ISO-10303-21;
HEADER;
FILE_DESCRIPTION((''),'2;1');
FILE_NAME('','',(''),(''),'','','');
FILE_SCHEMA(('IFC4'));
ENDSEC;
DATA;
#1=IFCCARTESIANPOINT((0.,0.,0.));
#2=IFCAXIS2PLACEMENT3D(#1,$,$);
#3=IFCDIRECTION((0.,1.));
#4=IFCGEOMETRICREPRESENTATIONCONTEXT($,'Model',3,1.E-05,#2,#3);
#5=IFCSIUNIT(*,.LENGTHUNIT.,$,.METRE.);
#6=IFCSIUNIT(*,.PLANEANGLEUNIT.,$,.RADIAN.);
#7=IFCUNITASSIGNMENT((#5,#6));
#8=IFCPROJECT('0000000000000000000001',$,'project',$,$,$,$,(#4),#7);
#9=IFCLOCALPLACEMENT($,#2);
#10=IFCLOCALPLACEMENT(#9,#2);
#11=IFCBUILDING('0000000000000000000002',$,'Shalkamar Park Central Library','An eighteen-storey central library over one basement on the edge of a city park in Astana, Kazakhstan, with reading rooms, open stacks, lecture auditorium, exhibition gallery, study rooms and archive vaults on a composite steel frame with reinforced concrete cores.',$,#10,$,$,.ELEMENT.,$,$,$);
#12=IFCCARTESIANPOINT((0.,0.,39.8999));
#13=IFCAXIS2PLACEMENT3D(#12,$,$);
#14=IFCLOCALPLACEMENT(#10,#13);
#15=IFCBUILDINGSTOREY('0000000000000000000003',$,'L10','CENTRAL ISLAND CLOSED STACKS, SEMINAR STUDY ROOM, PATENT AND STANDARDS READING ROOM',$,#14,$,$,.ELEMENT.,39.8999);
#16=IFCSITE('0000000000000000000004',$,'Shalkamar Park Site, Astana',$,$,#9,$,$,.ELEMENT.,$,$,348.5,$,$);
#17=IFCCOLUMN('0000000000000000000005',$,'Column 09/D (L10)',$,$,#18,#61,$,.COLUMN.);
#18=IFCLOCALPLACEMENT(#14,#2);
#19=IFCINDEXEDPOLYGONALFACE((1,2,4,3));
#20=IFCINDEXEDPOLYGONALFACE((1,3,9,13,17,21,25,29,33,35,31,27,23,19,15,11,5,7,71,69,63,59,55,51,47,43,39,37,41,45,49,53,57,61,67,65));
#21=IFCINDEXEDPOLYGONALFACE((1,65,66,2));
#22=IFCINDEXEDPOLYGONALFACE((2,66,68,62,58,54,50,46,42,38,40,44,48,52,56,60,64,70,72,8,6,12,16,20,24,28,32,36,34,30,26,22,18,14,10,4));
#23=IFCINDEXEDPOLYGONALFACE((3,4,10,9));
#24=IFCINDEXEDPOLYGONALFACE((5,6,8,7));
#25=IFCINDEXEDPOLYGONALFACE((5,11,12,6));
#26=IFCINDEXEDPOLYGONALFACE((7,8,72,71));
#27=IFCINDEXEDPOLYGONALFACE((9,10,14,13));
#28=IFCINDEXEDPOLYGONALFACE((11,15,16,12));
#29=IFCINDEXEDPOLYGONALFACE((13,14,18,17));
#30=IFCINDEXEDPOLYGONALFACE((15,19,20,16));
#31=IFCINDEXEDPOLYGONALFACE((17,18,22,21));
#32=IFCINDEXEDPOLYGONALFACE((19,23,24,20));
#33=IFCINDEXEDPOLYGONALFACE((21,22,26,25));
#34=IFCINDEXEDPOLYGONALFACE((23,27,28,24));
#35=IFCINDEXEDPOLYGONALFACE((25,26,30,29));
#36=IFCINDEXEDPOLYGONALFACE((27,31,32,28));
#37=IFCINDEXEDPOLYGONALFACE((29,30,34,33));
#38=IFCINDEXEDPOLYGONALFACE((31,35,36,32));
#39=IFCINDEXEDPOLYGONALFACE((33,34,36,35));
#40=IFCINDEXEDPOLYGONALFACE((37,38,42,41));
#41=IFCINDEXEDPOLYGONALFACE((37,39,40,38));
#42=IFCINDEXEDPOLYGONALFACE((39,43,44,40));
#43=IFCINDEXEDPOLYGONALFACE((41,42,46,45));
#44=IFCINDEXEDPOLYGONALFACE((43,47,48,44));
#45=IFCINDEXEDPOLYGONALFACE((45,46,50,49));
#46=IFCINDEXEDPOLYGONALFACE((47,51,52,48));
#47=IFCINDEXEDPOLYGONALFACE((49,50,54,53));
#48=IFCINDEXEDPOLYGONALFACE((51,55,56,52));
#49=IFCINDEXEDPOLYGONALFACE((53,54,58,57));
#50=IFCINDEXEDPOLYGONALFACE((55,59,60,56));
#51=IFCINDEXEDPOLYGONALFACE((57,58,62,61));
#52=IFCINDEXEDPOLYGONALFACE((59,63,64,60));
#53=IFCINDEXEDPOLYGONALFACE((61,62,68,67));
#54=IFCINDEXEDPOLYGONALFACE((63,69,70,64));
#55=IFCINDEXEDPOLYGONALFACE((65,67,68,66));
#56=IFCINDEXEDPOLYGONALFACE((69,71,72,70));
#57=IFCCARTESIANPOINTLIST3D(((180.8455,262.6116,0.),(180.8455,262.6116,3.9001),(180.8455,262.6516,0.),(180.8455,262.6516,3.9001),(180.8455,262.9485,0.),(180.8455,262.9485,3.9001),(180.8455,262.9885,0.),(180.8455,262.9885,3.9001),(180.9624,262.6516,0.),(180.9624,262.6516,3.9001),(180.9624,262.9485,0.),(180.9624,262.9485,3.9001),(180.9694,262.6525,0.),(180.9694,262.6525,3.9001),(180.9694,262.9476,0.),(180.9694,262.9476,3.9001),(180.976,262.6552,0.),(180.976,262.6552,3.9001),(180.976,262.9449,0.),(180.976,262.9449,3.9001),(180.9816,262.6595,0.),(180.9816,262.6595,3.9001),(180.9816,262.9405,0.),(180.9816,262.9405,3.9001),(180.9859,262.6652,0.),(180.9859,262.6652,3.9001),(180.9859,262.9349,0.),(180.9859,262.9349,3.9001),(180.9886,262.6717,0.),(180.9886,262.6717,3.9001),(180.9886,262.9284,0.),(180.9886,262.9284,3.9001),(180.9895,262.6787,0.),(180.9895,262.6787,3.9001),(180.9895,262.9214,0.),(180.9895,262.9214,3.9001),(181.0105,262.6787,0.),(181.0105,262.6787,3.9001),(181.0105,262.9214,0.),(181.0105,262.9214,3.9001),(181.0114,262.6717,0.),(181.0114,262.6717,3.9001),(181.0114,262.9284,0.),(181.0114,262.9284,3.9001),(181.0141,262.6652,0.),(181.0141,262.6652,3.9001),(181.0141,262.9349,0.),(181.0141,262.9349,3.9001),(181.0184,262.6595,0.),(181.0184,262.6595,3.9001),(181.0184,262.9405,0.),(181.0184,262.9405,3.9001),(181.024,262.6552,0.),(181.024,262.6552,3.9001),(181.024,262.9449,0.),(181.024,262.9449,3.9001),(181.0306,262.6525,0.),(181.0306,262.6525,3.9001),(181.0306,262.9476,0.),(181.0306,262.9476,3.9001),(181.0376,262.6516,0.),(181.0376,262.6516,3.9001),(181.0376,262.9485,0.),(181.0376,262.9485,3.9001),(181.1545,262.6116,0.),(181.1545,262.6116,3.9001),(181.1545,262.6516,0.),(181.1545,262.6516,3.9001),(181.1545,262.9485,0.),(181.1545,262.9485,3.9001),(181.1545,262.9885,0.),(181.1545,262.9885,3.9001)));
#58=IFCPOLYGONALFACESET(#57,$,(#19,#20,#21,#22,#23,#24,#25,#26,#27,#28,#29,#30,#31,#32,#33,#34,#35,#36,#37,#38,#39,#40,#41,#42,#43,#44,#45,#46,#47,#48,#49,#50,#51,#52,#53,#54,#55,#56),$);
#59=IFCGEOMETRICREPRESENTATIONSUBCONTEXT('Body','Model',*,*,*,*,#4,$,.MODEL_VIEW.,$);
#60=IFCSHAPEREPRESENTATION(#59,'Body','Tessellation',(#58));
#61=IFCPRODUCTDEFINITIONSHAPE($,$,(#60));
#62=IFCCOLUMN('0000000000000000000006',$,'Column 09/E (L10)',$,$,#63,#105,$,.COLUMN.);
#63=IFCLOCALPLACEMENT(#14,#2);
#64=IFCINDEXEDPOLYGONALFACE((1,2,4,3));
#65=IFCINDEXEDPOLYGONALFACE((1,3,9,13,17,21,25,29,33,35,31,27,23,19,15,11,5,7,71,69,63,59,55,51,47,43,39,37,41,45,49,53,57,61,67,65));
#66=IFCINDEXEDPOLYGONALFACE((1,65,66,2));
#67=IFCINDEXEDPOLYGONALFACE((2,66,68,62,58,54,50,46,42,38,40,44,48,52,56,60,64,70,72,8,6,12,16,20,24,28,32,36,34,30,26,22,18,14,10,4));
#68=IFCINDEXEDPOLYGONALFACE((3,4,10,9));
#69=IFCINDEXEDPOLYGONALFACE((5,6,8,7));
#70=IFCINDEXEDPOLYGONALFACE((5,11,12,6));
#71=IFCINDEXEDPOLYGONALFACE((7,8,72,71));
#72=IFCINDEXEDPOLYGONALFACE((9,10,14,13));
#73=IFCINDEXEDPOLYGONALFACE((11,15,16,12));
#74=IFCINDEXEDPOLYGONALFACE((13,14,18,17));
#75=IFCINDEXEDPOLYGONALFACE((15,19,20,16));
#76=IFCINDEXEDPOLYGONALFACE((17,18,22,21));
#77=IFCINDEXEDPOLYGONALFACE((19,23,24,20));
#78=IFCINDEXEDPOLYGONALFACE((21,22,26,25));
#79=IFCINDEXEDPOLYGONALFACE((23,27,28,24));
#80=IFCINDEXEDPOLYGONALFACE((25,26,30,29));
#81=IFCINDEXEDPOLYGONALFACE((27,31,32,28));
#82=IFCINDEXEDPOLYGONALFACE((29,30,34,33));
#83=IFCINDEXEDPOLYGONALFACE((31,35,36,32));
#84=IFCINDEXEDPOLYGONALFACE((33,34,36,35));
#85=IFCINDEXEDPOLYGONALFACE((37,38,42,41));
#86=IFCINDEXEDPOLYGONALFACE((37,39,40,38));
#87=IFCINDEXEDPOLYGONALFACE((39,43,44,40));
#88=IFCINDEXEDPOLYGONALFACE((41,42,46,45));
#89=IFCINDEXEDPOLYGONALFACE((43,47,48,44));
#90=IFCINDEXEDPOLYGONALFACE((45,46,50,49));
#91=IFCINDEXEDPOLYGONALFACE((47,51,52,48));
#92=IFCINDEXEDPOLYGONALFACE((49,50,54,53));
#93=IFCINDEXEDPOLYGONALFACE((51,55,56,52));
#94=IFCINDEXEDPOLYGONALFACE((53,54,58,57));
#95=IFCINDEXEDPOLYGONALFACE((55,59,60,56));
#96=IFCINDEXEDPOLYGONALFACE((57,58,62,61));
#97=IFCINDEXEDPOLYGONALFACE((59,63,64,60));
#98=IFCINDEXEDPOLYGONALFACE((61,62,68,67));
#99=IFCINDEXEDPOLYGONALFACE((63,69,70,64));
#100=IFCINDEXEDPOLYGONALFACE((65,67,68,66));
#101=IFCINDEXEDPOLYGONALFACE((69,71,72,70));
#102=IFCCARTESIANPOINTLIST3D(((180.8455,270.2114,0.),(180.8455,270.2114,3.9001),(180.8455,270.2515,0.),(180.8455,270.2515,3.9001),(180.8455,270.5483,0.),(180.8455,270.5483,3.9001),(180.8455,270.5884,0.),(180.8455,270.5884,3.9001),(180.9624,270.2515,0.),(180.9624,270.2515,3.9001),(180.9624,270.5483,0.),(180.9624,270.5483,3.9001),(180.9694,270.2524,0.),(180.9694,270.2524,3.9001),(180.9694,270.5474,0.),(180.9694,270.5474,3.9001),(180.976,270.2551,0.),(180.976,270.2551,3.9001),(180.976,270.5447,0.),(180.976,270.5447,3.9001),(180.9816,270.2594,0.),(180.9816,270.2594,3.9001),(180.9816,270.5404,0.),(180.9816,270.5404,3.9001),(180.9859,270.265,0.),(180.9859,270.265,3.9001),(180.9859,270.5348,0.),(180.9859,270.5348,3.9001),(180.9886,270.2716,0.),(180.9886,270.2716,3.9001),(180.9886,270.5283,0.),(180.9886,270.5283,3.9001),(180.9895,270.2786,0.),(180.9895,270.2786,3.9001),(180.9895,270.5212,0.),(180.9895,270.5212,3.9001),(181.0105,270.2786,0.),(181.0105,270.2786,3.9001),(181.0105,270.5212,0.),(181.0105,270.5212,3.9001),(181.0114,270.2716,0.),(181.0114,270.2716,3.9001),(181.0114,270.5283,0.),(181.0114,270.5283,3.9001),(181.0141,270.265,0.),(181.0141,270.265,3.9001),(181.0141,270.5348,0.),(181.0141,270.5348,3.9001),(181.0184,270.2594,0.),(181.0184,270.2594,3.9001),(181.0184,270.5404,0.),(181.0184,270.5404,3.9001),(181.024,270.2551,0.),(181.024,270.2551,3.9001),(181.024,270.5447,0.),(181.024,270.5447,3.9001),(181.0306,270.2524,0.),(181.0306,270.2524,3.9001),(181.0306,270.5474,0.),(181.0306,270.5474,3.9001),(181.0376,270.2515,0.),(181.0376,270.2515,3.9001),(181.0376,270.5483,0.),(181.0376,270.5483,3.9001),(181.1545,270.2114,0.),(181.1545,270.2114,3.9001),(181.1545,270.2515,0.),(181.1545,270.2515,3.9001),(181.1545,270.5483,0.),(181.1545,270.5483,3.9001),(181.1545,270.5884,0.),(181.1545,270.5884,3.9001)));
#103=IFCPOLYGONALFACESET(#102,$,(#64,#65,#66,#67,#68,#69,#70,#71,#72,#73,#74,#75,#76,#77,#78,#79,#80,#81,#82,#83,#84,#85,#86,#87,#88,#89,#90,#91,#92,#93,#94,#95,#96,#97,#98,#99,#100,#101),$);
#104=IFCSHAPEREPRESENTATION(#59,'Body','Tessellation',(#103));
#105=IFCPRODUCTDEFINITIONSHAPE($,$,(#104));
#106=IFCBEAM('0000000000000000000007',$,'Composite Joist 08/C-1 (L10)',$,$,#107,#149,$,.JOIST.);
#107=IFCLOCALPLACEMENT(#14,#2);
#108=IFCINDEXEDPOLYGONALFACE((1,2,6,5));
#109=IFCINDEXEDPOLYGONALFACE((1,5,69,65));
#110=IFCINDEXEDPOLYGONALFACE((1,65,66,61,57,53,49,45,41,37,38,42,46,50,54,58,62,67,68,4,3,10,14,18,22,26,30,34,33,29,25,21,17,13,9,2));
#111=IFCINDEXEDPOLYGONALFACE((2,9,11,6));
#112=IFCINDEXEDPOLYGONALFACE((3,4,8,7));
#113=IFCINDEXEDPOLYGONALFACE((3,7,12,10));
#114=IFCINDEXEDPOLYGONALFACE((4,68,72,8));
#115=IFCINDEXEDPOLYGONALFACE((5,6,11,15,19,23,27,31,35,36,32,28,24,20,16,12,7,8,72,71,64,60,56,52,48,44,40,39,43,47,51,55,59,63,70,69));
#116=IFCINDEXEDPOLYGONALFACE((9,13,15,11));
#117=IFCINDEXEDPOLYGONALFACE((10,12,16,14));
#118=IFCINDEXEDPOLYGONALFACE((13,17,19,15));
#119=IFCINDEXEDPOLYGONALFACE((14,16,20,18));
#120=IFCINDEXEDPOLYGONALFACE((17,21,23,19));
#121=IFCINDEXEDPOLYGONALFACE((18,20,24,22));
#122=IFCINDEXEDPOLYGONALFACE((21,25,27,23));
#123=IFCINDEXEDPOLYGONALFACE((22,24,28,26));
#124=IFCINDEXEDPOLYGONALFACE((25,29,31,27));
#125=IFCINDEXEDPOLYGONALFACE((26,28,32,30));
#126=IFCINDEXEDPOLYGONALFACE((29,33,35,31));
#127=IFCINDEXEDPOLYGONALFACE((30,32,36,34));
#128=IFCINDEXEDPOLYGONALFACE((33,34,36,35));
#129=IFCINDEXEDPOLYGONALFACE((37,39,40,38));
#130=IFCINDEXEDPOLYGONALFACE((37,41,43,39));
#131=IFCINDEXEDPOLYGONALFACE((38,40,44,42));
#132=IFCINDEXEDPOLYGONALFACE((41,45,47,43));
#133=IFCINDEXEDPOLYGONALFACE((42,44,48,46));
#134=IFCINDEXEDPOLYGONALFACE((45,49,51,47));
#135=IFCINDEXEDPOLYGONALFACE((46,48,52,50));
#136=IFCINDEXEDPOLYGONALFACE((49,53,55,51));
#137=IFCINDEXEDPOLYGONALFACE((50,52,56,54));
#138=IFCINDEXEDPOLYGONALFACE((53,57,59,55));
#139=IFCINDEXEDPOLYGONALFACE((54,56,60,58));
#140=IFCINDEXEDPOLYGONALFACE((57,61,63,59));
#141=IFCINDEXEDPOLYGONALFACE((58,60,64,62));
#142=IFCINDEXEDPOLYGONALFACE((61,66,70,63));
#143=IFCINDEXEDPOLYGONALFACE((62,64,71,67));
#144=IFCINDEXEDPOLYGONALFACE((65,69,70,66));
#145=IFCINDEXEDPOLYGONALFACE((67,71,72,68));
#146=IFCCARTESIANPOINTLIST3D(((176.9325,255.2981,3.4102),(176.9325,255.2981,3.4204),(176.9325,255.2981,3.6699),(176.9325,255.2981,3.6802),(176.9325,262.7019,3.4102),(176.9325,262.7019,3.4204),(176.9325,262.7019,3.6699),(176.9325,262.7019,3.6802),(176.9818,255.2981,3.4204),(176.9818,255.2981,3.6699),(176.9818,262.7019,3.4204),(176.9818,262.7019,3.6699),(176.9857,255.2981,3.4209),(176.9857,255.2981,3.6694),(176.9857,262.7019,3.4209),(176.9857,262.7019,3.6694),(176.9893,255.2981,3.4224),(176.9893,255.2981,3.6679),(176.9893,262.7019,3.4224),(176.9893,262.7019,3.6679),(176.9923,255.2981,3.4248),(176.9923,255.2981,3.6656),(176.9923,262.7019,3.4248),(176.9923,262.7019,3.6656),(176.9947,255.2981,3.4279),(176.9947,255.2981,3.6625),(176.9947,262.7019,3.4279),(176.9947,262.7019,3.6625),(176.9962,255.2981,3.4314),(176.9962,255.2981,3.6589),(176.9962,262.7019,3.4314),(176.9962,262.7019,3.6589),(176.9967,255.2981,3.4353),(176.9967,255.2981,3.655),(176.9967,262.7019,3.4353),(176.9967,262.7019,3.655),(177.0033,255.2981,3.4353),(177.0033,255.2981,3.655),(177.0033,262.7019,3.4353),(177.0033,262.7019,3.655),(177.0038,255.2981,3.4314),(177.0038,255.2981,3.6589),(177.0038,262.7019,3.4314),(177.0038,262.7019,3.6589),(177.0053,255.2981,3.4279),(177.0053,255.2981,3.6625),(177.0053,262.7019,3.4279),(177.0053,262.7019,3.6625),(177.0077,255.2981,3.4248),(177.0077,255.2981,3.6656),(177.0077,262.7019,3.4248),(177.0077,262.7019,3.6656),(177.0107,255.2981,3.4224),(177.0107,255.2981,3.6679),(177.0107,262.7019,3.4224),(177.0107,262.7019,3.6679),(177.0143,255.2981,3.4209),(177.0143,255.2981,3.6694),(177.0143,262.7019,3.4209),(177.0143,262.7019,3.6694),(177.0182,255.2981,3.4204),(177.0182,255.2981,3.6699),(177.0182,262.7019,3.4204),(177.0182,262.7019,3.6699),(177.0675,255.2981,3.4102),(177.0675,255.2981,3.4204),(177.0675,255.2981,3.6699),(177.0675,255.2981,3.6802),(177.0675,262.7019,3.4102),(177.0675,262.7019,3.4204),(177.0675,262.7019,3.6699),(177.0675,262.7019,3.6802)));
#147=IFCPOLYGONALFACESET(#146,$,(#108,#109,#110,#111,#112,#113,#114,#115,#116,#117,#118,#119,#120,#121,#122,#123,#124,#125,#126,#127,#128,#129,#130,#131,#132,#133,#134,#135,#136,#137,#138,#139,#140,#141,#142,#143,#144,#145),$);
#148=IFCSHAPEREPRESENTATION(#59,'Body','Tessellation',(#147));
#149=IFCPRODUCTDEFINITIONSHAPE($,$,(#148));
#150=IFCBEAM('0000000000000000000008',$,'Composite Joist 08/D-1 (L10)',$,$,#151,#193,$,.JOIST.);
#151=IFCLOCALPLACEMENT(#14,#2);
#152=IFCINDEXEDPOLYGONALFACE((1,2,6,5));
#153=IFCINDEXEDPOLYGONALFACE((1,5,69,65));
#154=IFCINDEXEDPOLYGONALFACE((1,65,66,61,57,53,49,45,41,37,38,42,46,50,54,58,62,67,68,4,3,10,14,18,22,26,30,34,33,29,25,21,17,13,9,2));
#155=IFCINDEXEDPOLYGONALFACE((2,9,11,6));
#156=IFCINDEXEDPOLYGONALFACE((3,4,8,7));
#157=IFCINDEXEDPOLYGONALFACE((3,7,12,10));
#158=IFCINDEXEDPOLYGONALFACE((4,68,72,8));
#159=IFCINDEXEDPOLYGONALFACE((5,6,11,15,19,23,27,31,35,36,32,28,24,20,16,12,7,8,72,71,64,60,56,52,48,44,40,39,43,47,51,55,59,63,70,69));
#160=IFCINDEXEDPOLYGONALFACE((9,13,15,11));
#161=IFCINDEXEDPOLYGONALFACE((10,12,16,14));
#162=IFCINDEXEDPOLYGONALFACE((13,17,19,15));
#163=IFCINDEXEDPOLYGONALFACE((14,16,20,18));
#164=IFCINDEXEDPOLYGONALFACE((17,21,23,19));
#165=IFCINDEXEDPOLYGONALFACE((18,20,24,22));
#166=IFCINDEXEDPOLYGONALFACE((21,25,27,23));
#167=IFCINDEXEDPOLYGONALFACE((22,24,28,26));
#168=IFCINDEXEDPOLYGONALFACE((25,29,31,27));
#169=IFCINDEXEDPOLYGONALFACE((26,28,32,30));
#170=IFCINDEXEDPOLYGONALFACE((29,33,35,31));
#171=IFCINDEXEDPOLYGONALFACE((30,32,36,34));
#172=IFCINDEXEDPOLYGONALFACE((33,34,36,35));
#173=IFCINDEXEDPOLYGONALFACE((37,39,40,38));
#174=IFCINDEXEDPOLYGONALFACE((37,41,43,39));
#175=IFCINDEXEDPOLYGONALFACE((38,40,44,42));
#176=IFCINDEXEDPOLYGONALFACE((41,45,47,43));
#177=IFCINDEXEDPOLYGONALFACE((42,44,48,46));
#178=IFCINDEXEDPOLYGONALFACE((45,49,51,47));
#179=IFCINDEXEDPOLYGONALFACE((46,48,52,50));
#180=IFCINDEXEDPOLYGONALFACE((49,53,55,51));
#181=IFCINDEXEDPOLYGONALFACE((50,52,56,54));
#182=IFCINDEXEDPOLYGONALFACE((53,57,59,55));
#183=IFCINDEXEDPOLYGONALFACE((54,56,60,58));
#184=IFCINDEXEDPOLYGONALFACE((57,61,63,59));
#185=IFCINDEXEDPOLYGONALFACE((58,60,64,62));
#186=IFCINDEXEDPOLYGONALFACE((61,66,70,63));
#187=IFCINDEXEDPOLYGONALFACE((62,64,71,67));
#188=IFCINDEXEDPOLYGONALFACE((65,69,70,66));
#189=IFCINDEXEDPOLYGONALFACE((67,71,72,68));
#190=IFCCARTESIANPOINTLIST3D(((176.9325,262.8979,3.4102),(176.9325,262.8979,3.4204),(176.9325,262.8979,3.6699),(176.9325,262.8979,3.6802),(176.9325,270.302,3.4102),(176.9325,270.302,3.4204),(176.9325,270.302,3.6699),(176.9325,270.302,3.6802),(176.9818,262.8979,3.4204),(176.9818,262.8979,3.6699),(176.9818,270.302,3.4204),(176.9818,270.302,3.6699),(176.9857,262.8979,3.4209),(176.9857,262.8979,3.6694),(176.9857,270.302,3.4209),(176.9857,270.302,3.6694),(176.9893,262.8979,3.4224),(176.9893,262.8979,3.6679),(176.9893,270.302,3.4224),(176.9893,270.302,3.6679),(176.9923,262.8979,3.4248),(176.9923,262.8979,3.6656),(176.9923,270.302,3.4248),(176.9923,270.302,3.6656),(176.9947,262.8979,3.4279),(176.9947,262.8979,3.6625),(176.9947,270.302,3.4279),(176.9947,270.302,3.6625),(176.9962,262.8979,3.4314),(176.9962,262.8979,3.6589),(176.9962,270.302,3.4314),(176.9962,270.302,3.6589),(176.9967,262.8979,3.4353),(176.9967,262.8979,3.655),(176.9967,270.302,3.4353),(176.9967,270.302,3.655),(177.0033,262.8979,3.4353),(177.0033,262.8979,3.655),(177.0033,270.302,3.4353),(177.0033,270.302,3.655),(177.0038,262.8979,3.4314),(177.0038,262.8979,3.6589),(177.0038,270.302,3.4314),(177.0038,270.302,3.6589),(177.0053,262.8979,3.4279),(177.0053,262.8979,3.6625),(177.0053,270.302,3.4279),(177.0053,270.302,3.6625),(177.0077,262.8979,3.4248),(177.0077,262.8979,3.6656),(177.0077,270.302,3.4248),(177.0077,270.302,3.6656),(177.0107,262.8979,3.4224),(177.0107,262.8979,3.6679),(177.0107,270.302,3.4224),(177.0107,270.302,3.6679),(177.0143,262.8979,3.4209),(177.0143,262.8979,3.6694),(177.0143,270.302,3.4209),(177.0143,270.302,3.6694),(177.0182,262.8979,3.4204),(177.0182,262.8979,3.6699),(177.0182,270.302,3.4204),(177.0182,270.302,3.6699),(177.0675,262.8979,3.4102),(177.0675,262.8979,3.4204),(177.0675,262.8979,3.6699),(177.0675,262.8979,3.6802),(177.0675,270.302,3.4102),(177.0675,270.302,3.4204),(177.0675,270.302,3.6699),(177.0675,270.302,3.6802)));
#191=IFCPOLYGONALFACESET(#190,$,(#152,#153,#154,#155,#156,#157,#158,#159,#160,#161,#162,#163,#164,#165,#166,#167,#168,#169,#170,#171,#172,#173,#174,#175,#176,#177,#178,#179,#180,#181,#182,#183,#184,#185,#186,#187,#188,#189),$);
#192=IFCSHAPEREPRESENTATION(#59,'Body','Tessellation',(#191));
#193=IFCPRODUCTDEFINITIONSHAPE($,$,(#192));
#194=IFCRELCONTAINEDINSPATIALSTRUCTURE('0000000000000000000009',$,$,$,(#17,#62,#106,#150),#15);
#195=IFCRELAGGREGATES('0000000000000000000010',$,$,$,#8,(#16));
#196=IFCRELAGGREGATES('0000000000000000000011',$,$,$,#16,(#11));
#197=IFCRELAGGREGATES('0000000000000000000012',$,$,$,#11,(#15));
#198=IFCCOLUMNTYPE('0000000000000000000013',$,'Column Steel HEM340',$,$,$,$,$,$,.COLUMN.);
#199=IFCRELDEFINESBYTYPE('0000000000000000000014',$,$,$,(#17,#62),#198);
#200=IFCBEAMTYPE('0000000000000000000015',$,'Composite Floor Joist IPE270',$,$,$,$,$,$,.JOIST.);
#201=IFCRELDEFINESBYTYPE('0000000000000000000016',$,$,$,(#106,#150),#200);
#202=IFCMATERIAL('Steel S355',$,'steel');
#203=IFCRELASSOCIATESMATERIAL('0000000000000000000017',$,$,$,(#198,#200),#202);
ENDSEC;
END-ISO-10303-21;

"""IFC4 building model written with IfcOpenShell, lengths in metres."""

from ifc_helpers import new_model, si_unit, direction, frame, origin, origin_2d, place, context, subcontext, project, spatial, i_section, extrude, material, material_profile, profile_set, type_object, element, save


model = new_model("IFC4")

# Units and contexts
model_context = context("Model", 3, precision=1e-05, world=origin(), true_north=direction((0.0, 1.0)))
body_context = subcontext(model_context, "Body", "Model", "MODEL_VIEW")
ifc_project = project(units=[si_unit("LENGTHUNIT", "METRE"), si_unit("PLANEANGLEUNIT", "RADIAN")], contexts=[model_context])

# Site, building, storey
site_placement = place(None, origin())
site = spatial("IfcSite", under=ifc_project, at=site_placement, Name="Shalkamar Park Site, Astana", CompositionType="ELEMENT", RefElevation=348.5)
building_placement = place(site_placement, origin())
building = spatial("IfcBuilding", under=site, at=building_placement, Name="Shalkamar Park Central Library", Description="An eighteen-storey central library over one basement on the edge of a city park in Astana, Kazakhstan, with reading rooms, open stacks, lecture auditorium, exhibition gallery, study rooms and archive vaults on a composite steel frame with reinforced concrete cores.", CompositionType="ELEMENT")
storey_placement = place(building_placement, frame((0.0, 0.0, 39.8999)))
storey = spatial("IfcBuildingStorey", under=building, at=storey_placement, Name="L10", Description="CENTRAL ISLAND CLOSED STACKS, SEMINAR STUDY ROOM, PATENT AND STANDARDS READING ROOM", CompositionType="ELEMENT", Elevation=39.8999)

# Columns
ifc_material_1 = material(Name="Steel S355", Category="steel")
ifc_material_profile_1 = material_profile(ifc_material_1, i_section(OverallWidth=0.3091, OverallDepth=0.377, WebThickness=0.021, FlangeThickness=0.04, FilletRadius=0.0271, at=origin_2d()), Name="HEM 340")
ifc_profile_set_1 = profile_set([ifc_material_profile_1], Name="Steel S355")
column_type_1 = type_object("IfcColumnType", Name="Column Steel HEM340", PredefinedType="COLUMN", material=ifc_profile_set_1)
for number, where, z_axis, x_axis, name in (
    (1, (181.0, 262.8, 0.0), (0.0, 0.0, 1.0), (1.0, 0.0, 0.0), "Column 09/D (L10)"),
    (2, (181.0, 270.3999, 0.0), (0.0, 0.0, 1.0), (1.0, 0.0, 0.0), "Column 09/E (L10)"),
):
    element("IfcColumn", number, at=place(storey_placement, frame(where, z_axis=z_axis, x_axis=x_axis)), inside=storey, type_object=column_type_1, Name=name, PredefinedType="COLUMN", context=body_context, shape_type="SweptSolid", body=[
        extrude(i_section(OverallWidth=0.3091, OverallDepth=0.377, WebThickness=0.021, FlangeThickness=0.04, FilletRadius=0.0271, at=origin_2d()), origin(), (0.0, 0.0, 1.0), 3.9001),
    ])

# Beams
ifc_material_profile_2 = material_profile(ifc_material_1, i_section(OverallWidth=0.135, OverallDepth=0.27, WebThickness=0.0066, FlangeThickness=0.0103, FilletRadius=0.0149, at=origin_2d()), Name="IPE 270")
ifc_profile_set_2 = profile_set([ifc_material_profile_2], Name="Steel S355")
beam_type_1 = type_object("IfcBeamType", Name="Composite Floor Joist IPE270", PredefinedType="JOIST", material=ifc_profile_set_2)
beam_1_placement = place(storey_placement, frame((177.0, 255.2981, 3.5452), z_axis=(0.0, 1.0, 0.0), x_axis=(-1.0, 0.0, 0.0)))
element("IfcBeam", 3, at=beam_1_placement, inside=storey, type_object=beam_type_1, Name="Composite Joist 08/C-1 (L10)", PredefinedType="JOIST", context=body_context, shape_type="SweptSolid", body=[
    extrude(i_section(OverallWidth=0.135, OverallDepth=0.27, WebThickness=0.0066, FlangeThickness=0.0103, FilletRadius=0.0149, at=origin_2d()), origin(), (0.0, 0.0, 1.0), 7.4038),
])
beam_2_placement = place(storey_placement, frame((177.0, 262.8979, 3.5452), z_axis=(0.0, 1.0, 0.0), x_axis=(-1.0, 0.0, 0.0)))
element("IfcBeam", 4, at=beam_2_placement, inside=storey, type_object=beam_type_1, Name="Composite Joist 08/D-1 (L10)", PredefinedType="JOIST", context=body_context, shape_type="SweptSolid", body=[
    extrude(i_section(OverallWidth=0.135, OverallDepth=0.27, WebThickness=0.0066, FlangeThickness=0.0103, FilletRadius=0.0149, at=origin_2d()), origin(), (0.0, 0.0, 1.0), 7.4041),
])

save(model, "model.ifc")
